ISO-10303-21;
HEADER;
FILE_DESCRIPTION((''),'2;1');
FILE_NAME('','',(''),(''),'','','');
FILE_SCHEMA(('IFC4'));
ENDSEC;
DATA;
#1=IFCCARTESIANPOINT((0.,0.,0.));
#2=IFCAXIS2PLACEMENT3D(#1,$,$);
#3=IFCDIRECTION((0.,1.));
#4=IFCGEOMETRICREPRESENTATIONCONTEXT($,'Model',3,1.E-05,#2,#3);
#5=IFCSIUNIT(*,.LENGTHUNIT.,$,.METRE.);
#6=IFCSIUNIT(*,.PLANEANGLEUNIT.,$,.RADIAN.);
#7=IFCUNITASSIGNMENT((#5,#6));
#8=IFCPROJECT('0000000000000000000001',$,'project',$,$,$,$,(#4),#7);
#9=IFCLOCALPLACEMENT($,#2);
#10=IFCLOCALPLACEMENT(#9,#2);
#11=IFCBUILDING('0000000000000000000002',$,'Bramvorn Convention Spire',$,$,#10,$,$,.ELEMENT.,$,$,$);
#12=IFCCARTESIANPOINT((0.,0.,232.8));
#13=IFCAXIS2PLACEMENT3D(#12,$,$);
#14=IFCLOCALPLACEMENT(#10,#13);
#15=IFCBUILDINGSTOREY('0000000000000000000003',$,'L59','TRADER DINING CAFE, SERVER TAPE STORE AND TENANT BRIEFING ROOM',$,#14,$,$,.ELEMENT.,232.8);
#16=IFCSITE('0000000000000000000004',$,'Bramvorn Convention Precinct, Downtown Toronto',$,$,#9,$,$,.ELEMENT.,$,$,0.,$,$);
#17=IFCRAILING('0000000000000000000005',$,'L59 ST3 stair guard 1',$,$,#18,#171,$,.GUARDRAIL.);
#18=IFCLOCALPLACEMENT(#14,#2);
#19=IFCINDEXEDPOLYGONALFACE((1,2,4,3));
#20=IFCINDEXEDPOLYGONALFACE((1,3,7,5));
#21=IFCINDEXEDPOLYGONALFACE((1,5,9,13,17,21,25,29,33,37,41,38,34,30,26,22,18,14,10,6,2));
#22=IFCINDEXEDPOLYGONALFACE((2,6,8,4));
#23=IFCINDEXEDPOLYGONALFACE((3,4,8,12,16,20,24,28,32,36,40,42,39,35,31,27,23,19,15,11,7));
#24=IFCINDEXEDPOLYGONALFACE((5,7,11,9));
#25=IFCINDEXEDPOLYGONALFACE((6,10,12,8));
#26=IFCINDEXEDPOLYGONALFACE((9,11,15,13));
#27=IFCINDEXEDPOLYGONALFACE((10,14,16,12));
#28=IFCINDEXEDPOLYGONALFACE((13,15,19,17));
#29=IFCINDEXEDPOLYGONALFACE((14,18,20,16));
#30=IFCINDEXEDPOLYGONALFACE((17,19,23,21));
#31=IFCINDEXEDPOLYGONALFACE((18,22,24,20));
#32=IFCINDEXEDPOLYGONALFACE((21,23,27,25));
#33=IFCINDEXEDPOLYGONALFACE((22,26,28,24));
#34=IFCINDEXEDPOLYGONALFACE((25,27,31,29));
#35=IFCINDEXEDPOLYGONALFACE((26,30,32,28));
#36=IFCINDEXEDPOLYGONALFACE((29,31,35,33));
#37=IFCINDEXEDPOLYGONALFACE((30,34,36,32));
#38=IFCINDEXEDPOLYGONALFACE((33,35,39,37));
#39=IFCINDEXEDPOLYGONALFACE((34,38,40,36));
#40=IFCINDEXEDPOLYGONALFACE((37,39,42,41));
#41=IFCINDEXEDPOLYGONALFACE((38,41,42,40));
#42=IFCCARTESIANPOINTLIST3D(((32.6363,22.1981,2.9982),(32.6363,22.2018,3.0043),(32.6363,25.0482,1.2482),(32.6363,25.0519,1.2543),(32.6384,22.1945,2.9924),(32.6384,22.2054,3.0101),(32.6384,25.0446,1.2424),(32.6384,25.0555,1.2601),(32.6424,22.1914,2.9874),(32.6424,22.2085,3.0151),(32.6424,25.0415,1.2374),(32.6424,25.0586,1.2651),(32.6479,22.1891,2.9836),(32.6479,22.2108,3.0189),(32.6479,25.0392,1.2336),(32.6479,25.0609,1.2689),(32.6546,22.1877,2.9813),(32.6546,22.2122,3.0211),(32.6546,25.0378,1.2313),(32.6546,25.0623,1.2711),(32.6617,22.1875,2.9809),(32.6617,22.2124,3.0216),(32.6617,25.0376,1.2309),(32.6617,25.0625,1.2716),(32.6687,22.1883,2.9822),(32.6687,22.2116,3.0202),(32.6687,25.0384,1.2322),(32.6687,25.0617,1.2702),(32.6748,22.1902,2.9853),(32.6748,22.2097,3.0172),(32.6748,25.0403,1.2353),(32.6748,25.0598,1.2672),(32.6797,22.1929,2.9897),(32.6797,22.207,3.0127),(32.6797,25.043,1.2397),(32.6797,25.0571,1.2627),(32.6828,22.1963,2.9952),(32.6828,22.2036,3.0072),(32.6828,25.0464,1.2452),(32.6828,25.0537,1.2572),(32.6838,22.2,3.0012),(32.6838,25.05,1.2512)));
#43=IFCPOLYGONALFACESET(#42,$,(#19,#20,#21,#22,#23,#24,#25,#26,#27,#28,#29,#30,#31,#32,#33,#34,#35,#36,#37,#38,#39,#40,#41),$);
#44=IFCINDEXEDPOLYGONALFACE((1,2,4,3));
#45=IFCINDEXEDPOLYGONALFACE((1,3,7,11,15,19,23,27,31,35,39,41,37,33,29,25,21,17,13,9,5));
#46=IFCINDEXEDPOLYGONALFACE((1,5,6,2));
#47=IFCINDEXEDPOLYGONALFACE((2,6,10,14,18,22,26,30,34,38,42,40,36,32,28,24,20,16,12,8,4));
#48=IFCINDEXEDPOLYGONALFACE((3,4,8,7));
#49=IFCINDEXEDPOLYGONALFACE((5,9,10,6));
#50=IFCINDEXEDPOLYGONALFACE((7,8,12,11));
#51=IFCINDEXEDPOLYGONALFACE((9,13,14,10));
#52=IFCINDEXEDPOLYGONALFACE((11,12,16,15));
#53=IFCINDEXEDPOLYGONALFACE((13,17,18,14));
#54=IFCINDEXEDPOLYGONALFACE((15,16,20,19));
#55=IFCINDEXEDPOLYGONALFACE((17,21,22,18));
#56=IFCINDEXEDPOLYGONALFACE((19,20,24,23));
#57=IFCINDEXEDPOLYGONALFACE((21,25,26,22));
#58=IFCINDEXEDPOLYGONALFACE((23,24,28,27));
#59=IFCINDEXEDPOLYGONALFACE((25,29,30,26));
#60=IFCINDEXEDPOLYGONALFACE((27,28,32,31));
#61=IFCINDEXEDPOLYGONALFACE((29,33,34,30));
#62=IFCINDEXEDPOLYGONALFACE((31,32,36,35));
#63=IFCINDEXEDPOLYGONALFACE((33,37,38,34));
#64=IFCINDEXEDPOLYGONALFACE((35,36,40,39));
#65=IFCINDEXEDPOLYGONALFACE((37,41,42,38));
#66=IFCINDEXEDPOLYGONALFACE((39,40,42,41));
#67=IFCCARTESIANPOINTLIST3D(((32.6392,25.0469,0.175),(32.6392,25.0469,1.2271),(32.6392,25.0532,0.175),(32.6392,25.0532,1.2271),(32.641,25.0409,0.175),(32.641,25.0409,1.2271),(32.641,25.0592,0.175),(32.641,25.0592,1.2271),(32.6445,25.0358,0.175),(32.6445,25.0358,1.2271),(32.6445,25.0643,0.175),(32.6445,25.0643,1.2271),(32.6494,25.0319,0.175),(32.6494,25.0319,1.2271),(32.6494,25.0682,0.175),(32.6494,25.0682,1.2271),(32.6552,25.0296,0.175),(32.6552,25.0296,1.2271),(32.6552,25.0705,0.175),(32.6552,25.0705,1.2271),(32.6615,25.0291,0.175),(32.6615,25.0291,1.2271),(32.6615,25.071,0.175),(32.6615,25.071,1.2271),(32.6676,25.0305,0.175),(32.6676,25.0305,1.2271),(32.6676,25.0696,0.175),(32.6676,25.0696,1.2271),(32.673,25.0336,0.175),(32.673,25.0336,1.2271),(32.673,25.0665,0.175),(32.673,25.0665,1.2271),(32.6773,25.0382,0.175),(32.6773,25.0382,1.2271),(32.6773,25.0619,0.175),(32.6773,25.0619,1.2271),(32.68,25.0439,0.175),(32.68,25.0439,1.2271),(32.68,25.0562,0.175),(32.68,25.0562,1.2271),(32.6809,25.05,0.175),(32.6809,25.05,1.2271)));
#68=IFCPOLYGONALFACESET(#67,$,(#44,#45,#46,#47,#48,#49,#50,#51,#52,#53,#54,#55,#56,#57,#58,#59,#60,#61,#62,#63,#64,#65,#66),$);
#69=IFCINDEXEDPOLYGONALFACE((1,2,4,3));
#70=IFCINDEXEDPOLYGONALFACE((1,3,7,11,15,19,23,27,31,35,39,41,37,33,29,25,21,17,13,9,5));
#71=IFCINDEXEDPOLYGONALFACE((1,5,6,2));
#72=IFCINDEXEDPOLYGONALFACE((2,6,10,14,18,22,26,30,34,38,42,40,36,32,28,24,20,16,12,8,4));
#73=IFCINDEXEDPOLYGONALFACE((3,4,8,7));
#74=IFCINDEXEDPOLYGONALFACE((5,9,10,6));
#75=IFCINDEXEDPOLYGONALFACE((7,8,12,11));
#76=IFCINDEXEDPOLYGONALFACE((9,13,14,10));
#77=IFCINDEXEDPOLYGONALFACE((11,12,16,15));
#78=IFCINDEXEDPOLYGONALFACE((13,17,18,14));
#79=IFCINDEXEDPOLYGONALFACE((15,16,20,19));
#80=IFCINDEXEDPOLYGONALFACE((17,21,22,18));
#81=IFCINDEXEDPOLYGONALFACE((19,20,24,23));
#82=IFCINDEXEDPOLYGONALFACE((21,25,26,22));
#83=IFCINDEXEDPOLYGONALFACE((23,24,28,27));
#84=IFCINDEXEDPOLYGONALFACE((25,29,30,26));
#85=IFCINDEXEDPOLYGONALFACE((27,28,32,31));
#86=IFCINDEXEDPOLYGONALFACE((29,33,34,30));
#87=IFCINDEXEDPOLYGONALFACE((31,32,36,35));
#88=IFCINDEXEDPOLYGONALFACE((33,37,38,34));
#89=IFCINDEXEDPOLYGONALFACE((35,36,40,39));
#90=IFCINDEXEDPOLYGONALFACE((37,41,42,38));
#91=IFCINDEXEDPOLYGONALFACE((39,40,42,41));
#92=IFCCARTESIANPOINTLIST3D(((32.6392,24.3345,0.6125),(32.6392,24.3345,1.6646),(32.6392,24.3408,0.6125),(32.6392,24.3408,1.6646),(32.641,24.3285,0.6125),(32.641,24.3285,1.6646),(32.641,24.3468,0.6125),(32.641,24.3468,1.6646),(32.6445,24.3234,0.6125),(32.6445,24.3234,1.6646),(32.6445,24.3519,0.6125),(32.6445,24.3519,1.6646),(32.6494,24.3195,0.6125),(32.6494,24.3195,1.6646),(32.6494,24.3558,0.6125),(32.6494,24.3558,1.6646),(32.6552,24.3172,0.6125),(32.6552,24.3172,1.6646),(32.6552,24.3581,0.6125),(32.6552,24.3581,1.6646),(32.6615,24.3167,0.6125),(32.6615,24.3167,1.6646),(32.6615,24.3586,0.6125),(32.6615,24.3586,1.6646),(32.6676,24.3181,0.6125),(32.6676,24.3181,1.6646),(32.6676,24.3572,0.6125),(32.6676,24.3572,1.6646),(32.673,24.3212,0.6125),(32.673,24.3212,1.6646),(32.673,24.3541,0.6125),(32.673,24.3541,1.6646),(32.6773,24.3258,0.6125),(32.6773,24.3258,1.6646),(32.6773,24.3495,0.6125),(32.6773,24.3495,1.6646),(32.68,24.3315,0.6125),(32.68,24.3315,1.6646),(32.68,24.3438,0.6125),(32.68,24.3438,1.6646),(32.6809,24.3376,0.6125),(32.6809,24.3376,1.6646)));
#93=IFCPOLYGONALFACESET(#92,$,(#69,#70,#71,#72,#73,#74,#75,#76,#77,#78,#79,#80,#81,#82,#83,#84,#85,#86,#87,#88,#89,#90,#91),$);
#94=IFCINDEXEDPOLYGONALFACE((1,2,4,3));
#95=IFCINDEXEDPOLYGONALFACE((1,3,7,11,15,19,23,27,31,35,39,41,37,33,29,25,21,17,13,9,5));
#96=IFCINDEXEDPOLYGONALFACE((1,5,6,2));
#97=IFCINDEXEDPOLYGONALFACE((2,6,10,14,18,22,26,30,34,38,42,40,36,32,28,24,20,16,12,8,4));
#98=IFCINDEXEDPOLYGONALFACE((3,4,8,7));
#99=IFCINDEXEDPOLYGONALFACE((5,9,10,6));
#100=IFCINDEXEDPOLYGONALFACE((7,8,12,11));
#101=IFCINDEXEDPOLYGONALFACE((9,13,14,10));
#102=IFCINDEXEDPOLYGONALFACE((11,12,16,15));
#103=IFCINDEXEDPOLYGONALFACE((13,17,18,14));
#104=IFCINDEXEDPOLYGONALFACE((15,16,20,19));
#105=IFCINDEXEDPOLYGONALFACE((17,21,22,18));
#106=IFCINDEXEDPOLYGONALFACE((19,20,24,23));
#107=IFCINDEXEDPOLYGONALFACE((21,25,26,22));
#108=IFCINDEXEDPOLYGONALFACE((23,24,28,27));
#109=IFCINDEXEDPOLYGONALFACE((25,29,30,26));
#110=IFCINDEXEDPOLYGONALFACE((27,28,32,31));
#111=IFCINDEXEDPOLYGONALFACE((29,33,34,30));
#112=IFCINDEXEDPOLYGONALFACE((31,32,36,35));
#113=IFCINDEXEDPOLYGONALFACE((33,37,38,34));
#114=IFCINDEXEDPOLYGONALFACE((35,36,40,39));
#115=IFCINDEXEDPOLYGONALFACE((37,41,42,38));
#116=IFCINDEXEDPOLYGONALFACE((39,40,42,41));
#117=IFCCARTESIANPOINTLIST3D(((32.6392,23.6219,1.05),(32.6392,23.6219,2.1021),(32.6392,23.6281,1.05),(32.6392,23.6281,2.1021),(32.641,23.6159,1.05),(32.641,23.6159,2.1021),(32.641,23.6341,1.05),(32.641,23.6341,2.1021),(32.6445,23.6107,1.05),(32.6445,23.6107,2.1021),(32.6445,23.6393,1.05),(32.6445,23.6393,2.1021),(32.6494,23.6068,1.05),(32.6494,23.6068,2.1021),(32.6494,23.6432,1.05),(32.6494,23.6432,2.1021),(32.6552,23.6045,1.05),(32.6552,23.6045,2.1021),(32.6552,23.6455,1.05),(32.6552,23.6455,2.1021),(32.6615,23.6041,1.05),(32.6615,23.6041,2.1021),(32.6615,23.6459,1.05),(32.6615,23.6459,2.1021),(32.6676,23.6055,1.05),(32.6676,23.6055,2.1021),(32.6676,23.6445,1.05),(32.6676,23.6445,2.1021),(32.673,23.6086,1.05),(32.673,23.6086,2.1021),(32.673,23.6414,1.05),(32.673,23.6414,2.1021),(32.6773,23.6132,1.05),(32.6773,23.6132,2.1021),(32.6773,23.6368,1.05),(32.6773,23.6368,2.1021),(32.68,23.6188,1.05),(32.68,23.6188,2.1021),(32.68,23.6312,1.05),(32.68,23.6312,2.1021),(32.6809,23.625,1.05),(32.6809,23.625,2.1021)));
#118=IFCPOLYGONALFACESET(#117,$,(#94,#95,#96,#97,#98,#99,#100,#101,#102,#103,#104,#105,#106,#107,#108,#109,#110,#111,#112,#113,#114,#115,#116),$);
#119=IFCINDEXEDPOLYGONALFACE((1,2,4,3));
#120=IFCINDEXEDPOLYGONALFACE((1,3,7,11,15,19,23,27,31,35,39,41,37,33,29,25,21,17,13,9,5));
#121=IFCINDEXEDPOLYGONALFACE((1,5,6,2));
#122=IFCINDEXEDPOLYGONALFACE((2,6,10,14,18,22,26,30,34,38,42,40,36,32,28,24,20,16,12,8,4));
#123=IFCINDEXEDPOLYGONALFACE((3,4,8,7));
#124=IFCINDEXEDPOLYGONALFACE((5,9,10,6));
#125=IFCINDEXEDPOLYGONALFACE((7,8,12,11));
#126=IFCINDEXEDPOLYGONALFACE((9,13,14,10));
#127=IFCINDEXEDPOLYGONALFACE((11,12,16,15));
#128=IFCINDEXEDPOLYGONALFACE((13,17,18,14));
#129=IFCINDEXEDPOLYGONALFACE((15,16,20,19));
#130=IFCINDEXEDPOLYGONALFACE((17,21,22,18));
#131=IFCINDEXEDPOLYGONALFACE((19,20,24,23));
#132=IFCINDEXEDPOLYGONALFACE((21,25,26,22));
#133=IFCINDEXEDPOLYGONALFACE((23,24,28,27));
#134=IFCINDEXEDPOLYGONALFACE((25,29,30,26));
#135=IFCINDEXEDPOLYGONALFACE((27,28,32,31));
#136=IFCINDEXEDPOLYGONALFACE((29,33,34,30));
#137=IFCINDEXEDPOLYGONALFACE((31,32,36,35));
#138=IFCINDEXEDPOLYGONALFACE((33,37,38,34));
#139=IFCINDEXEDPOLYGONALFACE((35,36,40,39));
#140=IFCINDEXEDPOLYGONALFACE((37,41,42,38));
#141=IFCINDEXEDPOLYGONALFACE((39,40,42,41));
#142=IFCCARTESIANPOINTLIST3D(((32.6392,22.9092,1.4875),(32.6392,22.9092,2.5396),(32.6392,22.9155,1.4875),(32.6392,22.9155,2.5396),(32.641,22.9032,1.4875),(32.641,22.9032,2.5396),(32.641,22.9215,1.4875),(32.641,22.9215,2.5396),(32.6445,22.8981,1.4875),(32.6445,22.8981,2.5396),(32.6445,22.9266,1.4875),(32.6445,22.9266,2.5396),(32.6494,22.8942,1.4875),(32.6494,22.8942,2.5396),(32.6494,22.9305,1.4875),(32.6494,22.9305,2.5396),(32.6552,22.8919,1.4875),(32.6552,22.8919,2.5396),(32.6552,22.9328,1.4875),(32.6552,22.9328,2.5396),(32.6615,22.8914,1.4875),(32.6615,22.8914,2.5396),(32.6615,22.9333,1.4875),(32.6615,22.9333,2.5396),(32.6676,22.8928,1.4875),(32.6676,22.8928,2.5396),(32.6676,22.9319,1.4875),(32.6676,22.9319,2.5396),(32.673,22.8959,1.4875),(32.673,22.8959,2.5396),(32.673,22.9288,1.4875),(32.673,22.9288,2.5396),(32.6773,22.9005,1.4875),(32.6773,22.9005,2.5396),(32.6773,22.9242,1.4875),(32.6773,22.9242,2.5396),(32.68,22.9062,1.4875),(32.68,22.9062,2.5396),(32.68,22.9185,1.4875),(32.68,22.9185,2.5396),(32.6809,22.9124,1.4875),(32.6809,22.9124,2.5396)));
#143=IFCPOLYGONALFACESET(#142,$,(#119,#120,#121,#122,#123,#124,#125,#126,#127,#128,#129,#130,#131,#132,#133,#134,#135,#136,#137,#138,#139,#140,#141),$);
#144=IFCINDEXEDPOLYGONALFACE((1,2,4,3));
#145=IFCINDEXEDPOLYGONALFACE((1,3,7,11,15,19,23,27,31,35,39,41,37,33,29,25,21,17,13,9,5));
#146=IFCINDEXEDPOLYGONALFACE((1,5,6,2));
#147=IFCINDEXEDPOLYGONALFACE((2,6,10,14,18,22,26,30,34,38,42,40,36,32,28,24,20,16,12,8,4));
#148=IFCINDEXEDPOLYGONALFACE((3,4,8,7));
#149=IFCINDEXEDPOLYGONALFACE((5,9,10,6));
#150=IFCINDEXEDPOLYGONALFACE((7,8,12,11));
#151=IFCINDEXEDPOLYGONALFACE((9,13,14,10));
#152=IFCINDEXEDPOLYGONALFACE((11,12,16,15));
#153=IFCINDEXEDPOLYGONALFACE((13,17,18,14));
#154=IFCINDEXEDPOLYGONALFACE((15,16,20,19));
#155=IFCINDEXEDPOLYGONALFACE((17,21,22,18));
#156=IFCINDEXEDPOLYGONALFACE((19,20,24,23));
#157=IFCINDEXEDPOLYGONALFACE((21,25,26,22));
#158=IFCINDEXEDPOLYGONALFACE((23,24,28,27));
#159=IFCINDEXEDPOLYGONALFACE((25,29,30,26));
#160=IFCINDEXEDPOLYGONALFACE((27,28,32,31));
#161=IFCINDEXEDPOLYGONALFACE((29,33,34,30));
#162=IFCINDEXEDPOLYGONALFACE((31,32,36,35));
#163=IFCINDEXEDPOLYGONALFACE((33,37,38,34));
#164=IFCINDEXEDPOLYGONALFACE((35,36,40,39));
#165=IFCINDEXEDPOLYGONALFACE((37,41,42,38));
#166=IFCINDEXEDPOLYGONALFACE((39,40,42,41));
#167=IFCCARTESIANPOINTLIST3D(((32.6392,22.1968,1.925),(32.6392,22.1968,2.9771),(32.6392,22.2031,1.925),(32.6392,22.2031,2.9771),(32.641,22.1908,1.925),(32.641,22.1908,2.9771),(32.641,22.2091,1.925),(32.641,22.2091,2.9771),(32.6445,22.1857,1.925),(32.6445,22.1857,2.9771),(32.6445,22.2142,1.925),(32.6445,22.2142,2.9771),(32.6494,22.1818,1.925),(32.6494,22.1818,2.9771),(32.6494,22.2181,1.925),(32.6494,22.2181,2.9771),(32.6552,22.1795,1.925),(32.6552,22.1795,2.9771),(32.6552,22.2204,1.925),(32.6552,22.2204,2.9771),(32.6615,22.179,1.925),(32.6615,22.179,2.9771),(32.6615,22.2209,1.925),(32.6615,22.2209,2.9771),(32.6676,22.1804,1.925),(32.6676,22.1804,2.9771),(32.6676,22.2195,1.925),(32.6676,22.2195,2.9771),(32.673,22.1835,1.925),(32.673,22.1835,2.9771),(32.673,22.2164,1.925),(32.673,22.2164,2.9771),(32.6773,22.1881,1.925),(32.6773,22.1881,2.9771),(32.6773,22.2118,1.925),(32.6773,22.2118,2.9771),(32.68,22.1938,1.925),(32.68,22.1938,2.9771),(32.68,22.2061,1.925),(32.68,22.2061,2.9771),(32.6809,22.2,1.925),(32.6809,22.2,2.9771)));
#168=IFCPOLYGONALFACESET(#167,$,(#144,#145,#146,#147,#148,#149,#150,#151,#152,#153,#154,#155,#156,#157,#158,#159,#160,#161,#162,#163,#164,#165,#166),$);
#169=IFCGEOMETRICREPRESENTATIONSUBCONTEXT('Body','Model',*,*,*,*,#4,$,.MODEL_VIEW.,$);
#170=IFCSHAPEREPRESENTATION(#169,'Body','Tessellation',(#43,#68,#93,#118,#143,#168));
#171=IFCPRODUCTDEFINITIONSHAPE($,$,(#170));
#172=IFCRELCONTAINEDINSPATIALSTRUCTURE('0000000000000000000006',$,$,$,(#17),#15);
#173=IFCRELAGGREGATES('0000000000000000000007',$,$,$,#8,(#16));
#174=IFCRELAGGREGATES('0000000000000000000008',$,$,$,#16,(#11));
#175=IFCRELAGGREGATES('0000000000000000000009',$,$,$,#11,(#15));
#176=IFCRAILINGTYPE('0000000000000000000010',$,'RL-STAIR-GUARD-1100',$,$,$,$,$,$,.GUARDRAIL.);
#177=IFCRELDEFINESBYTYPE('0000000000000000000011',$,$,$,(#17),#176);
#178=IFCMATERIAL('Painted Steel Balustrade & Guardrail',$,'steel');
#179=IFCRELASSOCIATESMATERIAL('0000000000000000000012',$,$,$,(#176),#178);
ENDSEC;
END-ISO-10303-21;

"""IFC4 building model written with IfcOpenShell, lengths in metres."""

from ifc_helpers import new_model, si_unit, direction, frame, origin, origin_2d, place, context, subcontext, project, spatial, circle, extrude, material, type_object, element, save


model = new_model("IFC4")

# Units and contexts
model_context = context("Model", 3, precision=1e-05, world=origin(), true_north=direction((0.0, 1.0)))
body_context = subcontext(model_context, "Body", "Model", "MODEL_VIEW")
ifc_project = project(units=[si_unit("LENGTHUNIT", "METRE"), si_unit("PLANEANGLEUNIT", "RADIAN")], contexts=[model_context])

# Site, building, storey
site_placement = place(None, origin())
site = spatial("IfcSite", under=ifc_project, at=site_placement, Name="Bramvorn Convention Precinct, Downtown Toronto", CompositionType="ELEMENT", RefElevation=0.0)
building_placement = place(site_placement, origin())
building = spatial("IfcBuilding", under=site, at=building_placement, Name="Bramvorn Convention Spire", CompositionType="ELEMENT")
storey_placement = place(building_placement, frame((0.0, 0.0, 232.8)))
storey = spatial("IfcBuildingStorey", under=building, at=storey_placement, Name="L59", Description="TRADER DINING CAFE, SERVER TAPE STORE AND TENANT BRIEFING ROOM", CompositionType="ELEMENT", Elevation=232.8)

# Railing
ifc_material_1 = material(Name="Painted Steel Balustrade & Guardrail", Category="steel")
railing_type_1 = type_object("IfcRailingType", Name="RL-STAIR-GUARD-1100", PredefinedType="GUARDRAIL", material=ifc_material_1)
railing_1_placement = place(storey_placement, frame((32.6599, 25.05, 0.175)))
element("IfcRailing", 1, at=railing_1_placement, inside=storey, type_object=railing_type_1, Name="L59 ST3 stair guard 1", PredefinedType="GUARDRAIL", context=body_context, shape_type="SweptSolid", body=[
    extrude(circle(Radius=0.0239, at=origin_2d()), frame((0.0, 0.0, 1.0762), z_axis=(0.0, -0.852179, 0.52325), x_axis=(1.0, 0.0, 0.0)), (0.0, 0.0, 1.0), 3.3445),
    extrude(circle(Radius=0.021, at=origin_2d()), origin(), (0.0, 0.0, 1.0), 1.052),
    extrude(circle(Radius=0.021, at=origin_2d()), frame((0.0, -0.7124, 0.4375)), (0.0, 0.0, 1.0), 1.052),
    extrude(circle(Radius=0.021, at=origin_2d()), frame((0.0, -1.425, 0.875)), (0.0, 0.0, 1.0), 1.052),
    extrude(circle(Radius=0.021, at=origin_2d()), frame((0.0, -2.1377, 1.3125)), (0.0, 0.0, 1.0), 1.052),
    extrude(circle(Radius=0.021, at=origin_2d()), frame((0.0, -2.8501, 1.75)), (0.0, 0.0, 1.0), 1.052),
])

save(model, "model.ifc")
